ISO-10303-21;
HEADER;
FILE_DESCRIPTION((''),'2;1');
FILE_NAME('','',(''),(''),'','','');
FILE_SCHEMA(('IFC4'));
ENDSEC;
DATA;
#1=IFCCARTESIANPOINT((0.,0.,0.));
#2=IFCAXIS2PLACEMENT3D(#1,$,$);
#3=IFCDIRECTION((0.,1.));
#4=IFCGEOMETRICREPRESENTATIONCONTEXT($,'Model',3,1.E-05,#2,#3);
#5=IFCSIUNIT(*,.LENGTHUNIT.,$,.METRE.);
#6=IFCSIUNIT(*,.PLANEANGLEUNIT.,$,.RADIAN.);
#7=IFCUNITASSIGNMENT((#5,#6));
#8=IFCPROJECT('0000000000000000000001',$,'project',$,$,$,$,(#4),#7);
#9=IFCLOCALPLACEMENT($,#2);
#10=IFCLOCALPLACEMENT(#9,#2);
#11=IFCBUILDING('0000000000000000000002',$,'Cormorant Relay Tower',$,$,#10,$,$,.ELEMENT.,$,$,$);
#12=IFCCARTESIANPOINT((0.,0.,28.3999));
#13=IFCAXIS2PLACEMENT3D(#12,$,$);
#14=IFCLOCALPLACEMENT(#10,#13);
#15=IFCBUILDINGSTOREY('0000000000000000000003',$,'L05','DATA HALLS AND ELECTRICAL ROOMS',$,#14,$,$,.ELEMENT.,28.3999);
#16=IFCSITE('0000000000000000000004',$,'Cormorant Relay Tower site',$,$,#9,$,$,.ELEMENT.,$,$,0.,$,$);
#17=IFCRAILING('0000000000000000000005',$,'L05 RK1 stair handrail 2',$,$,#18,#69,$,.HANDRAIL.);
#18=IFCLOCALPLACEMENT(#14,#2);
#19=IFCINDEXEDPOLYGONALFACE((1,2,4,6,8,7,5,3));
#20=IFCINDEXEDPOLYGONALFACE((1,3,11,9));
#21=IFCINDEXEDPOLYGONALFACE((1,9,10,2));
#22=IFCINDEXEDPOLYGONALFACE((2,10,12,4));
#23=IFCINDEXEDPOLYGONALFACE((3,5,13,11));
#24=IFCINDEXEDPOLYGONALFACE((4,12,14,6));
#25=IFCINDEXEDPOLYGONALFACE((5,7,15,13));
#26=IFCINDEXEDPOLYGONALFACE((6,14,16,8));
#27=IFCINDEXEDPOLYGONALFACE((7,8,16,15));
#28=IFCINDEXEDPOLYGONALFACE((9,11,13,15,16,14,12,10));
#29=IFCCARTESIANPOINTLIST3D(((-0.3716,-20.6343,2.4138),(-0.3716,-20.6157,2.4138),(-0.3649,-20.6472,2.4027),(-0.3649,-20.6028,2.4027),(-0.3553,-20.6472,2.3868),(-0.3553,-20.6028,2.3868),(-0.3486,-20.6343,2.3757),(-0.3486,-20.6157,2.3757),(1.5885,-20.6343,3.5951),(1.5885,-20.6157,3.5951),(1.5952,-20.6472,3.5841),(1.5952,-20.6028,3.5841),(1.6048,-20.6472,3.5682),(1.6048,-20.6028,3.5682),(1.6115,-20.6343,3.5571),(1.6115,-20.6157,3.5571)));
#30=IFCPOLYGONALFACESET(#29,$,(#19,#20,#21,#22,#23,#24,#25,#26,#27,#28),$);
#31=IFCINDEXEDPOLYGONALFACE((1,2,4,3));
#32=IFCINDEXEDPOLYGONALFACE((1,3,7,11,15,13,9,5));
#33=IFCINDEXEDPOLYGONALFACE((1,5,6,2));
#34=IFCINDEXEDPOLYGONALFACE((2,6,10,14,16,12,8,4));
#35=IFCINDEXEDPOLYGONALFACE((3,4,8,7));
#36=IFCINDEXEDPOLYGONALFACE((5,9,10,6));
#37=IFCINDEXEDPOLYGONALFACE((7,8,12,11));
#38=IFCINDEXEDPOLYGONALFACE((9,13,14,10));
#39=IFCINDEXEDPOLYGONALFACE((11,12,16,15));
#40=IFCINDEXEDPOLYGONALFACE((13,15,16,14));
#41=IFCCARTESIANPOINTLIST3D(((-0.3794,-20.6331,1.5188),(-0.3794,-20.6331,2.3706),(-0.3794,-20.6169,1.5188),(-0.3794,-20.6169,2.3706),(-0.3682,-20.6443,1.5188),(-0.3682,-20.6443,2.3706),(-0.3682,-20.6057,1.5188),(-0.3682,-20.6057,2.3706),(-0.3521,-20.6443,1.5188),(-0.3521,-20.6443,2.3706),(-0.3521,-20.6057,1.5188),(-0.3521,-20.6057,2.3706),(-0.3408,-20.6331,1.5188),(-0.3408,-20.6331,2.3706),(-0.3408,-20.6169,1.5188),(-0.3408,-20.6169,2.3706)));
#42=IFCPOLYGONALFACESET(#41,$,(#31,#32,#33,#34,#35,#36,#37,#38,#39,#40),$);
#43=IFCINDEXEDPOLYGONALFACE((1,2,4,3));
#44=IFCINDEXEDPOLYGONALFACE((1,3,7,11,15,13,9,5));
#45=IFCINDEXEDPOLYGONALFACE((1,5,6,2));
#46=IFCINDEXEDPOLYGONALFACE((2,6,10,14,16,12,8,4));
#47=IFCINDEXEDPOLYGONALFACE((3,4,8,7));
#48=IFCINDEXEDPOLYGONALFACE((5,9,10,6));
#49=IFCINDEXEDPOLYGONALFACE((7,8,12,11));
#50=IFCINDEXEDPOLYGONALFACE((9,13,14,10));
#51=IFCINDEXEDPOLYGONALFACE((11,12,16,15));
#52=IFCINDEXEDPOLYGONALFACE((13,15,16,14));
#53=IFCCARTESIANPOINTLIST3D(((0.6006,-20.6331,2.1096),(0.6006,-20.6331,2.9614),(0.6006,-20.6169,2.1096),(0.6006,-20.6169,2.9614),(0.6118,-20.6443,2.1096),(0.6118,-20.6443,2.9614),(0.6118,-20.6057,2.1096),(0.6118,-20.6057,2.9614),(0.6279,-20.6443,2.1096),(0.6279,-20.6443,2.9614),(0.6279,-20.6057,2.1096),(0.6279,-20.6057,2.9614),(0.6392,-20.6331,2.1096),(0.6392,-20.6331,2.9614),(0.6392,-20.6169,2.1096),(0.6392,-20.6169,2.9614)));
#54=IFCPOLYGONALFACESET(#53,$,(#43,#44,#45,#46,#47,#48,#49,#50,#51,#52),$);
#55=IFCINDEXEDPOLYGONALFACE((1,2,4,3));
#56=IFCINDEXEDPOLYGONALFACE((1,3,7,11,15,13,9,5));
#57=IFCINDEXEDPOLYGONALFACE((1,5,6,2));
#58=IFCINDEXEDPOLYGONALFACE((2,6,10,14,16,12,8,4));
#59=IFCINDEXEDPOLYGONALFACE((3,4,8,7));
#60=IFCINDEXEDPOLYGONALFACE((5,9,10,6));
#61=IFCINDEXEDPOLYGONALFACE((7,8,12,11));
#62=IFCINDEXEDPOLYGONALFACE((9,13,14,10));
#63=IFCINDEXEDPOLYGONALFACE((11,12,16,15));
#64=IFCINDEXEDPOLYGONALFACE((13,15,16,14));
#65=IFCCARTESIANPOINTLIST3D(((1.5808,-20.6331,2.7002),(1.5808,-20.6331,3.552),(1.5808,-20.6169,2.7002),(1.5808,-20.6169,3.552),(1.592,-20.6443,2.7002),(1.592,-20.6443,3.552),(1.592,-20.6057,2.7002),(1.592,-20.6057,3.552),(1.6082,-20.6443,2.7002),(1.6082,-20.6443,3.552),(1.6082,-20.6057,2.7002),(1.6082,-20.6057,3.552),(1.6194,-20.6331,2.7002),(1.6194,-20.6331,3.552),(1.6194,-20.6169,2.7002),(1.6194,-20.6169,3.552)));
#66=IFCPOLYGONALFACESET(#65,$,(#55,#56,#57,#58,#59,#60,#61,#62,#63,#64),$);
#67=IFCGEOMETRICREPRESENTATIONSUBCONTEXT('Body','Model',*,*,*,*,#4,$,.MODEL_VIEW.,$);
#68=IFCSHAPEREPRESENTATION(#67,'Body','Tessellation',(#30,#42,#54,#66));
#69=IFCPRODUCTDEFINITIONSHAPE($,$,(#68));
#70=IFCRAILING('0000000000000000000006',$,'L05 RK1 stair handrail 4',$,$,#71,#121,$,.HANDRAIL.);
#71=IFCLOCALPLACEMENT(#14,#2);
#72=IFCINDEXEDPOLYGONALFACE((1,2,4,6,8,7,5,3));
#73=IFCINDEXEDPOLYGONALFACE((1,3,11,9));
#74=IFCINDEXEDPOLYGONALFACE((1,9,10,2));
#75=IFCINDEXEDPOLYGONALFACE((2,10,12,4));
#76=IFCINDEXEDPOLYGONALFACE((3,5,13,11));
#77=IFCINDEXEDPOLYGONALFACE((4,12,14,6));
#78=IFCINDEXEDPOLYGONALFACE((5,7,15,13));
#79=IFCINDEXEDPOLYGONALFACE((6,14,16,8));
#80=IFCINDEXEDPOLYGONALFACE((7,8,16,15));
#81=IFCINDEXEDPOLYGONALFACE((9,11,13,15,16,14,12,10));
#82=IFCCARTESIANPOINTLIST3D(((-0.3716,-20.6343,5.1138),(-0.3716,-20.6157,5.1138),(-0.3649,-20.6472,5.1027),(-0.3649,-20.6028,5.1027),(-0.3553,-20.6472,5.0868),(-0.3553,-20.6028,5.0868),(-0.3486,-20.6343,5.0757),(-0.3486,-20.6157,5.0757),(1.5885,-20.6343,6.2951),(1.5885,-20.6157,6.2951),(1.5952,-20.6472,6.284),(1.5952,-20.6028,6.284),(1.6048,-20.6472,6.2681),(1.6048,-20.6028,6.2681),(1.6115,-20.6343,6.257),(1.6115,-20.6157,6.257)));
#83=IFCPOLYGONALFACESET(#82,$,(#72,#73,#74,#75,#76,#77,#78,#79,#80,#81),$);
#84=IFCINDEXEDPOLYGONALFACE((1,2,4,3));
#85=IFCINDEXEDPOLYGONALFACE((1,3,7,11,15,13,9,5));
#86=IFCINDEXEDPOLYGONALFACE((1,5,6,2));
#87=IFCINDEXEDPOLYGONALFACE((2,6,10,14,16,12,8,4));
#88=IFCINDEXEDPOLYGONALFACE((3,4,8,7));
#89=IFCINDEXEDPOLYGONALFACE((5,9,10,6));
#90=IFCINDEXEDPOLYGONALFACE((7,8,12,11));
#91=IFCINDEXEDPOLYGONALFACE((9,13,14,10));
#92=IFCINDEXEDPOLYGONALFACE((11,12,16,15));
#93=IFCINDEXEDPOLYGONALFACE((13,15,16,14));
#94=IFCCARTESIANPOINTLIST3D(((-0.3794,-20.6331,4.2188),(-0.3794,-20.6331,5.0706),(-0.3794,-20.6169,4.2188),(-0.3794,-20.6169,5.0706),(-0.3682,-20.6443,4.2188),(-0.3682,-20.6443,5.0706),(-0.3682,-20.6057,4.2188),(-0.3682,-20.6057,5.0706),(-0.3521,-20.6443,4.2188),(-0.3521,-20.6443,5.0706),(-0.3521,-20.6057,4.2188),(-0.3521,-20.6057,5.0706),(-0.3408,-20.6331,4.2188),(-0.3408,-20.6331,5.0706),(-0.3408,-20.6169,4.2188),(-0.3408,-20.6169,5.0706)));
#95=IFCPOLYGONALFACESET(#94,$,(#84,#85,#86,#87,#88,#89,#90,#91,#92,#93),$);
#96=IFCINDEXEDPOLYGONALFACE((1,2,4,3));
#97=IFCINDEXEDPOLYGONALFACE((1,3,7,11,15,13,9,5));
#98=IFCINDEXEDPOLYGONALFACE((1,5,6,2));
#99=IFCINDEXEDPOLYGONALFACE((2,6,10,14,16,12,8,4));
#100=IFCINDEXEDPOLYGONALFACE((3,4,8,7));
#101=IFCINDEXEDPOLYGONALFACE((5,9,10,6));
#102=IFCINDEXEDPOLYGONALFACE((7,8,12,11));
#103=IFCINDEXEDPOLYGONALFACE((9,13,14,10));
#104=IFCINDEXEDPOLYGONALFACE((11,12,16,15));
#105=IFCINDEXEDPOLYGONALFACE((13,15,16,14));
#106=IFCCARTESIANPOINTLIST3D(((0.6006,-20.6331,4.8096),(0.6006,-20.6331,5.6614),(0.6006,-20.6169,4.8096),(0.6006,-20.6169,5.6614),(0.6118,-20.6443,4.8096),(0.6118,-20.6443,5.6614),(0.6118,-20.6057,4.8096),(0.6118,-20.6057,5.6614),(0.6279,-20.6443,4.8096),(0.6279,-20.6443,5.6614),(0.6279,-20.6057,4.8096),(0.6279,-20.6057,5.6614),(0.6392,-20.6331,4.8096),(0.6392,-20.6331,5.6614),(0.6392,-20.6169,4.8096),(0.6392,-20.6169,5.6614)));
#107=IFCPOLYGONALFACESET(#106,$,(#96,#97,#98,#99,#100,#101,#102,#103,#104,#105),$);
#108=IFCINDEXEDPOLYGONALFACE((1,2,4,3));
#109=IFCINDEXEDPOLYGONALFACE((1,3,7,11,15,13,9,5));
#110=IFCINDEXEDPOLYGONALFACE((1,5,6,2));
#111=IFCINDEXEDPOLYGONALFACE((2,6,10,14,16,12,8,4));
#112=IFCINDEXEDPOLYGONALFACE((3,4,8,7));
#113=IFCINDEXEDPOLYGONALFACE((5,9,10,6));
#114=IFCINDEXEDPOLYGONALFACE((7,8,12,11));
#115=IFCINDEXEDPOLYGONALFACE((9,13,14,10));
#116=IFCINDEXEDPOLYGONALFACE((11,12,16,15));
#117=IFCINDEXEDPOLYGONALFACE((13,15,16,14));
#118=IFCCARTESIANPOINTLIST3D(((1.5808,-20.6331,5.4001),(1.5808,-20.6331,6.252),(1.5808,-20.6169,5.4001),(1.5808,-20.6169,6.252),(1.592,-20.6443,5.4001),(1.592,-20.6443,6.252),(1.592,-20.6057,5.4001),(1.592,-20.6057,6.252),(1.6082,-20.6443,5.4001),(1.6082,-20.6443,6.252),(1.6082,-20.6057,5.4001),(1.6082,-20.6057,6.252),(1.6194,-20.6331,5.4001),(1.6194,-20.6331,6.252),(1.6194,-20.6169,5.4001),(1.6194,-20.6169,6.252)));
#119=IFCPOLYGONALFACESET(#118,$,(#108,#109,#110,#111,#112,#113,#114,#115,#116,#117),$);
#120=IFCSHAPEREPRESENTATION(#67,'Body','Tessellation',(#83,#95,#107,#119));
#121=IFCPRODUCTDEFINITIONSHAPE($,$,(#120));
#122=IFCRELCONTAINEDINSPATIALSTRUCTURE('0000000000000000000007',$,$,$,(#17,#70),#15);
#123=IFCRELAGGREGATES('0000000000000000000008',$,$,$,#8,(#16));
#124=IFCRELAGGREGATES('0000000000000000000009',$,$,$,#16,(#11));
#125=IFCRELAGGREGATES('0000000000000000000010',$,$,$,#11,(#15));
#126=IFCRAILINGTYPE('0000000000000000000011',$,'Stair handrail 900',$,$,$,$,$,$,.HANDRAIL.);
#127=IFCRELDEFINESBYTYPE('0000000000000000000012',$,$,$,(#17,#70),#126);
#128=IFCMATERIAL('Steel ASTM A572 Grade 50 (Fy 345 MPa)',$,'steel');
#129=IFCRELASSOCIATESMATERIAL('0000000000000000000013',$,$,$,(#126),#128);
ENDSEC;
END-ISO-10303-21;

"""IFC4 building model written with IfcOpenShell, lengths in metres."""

from ifc_helpers import new_model, si_unit, direction, frame, origin, place, context, subcontext, project, spatial, polyline, outline, extrude, material, type_object, element, save


model = new_model("IFC4")

# Units and contexts
model_context = context("Model", 3, precision=1e-05, world=origin(), true_north=direction((0.0, 1.0)))
body_context = subcontext(model_context, "Body", "Model", "MODEL_VIEW")
ifc_project = project(units=[si_unit("LENGTHUNIT", "METRE"), si_unit("PLANEANGLEUNIT", "RADIAN")], contexts=[model_context])

# Site, building, storey
site_placement = place(None, origin())
site = spatial("IfcSite", under=ifc_project, at=site_placement, Name="Cormorant Relay Tower site", CompositionType="ELEMENT", RefElevation=0.0)
building_placement = place(site_placement, origin())
building = spatial("IfcBuilding", under=site, at=building_placement, Name="Cormorant Relay Tower", CompositionType="ELEMENT")
storey_placement = place(building_placement, frame((0.0, 0.0, 28.3999)))
storey = spatial("IfcBuildingStorey", under=building, at=storey_placement, Name="L05", Description="DATA HALLS AND ELECTRICAL ROOMS", CompositionType="ELEMENT", Elevation=28.3999)

# Railings
ifc_material_1 = material(Name="Steel ASTM A572 Grade 50 (Fy 345 MPa)", Category="steel")
railing_type_1 = type_object("IfcRailingType", Name="Stair handrail 900", PredefinedType="HANDRAIL", material=ifc_material_1)
for number, where, name in (
    (1, (-0.3601, -20.625, 1.5188), "L05 RK1 stair handrail 2"),
    (2, (-0.3601, -20.625, 4.2188), "L05 RK1 stair handrail 4"),
):
    element("IfcRailing", number, at=place(storey_placement, frame(where)), inside=storey, type_object=railing_type_1, Name=name, PredefinedType="HANDRAIL", context=body_context, shape_type="SweptSolid", body=[
        extrude(outline(polyline([(0.0222, 0.0093), (0.0093, 0.0222), (-0.0093, 0.0222), (-0.0222, 0.0093), (-0.0222, -0.0093), (-0.0093, -0.0222), (0.0093, -0.0222), (0.0222, -0.0093), (0.0222, 0.0093)])), frame((0.0, 0.0, 0.876), z_axis=(0.856475, 0.0, 0.516189), x_axis=(0.0, 1.0, 0.0)), (0.0, 0.0, 1.0), 2.2886),
        extrude(outline(polyline([(0.0193, 0.0081), (0.0081, 0.0193), (-0.0081, 0.0193), (-0.0193, 0.0081), (-0.0193, -0.0081), (-0.0081, -0.0193), (0.0081, -0.0193), (0.0193, -0.0081), (0.0193, 0.0081)])), origin(), (0.0, 0.0, 1.0), 0.8518),
        extrude(outline(polyline([(0.0193, 0.0081), (0.0081, 0.0193), (-0.0081, 0.0193), (-0.0193, 0.0081), (-0.0193, -0.0081), (-0.0081, -0.0193), (0.0081, -0.0193), (0.0193, -0.0081), (0.0193, 0.0081)])), frame((0.98, 0.0, 0.5908)), (0.0, 0.0, 1.0), 0.8518),
        extrude(outline(polyline([(0.0193, 0.0081), (0.0081, 0.0193), (-0.0081, 0.0193), (-0.0193, 0.0081), (-0.0193, -0.0081), (-0.0081, -0.0193), (0.0081, -0.0193), (0.0193, -0.0081), (0.0193, 0.0081)])), frame((1.9602, 0.0, 1.1814)), (0.0, 0.0, 1.0), 0.8518),
    ])

save(model, "model.ifc")
